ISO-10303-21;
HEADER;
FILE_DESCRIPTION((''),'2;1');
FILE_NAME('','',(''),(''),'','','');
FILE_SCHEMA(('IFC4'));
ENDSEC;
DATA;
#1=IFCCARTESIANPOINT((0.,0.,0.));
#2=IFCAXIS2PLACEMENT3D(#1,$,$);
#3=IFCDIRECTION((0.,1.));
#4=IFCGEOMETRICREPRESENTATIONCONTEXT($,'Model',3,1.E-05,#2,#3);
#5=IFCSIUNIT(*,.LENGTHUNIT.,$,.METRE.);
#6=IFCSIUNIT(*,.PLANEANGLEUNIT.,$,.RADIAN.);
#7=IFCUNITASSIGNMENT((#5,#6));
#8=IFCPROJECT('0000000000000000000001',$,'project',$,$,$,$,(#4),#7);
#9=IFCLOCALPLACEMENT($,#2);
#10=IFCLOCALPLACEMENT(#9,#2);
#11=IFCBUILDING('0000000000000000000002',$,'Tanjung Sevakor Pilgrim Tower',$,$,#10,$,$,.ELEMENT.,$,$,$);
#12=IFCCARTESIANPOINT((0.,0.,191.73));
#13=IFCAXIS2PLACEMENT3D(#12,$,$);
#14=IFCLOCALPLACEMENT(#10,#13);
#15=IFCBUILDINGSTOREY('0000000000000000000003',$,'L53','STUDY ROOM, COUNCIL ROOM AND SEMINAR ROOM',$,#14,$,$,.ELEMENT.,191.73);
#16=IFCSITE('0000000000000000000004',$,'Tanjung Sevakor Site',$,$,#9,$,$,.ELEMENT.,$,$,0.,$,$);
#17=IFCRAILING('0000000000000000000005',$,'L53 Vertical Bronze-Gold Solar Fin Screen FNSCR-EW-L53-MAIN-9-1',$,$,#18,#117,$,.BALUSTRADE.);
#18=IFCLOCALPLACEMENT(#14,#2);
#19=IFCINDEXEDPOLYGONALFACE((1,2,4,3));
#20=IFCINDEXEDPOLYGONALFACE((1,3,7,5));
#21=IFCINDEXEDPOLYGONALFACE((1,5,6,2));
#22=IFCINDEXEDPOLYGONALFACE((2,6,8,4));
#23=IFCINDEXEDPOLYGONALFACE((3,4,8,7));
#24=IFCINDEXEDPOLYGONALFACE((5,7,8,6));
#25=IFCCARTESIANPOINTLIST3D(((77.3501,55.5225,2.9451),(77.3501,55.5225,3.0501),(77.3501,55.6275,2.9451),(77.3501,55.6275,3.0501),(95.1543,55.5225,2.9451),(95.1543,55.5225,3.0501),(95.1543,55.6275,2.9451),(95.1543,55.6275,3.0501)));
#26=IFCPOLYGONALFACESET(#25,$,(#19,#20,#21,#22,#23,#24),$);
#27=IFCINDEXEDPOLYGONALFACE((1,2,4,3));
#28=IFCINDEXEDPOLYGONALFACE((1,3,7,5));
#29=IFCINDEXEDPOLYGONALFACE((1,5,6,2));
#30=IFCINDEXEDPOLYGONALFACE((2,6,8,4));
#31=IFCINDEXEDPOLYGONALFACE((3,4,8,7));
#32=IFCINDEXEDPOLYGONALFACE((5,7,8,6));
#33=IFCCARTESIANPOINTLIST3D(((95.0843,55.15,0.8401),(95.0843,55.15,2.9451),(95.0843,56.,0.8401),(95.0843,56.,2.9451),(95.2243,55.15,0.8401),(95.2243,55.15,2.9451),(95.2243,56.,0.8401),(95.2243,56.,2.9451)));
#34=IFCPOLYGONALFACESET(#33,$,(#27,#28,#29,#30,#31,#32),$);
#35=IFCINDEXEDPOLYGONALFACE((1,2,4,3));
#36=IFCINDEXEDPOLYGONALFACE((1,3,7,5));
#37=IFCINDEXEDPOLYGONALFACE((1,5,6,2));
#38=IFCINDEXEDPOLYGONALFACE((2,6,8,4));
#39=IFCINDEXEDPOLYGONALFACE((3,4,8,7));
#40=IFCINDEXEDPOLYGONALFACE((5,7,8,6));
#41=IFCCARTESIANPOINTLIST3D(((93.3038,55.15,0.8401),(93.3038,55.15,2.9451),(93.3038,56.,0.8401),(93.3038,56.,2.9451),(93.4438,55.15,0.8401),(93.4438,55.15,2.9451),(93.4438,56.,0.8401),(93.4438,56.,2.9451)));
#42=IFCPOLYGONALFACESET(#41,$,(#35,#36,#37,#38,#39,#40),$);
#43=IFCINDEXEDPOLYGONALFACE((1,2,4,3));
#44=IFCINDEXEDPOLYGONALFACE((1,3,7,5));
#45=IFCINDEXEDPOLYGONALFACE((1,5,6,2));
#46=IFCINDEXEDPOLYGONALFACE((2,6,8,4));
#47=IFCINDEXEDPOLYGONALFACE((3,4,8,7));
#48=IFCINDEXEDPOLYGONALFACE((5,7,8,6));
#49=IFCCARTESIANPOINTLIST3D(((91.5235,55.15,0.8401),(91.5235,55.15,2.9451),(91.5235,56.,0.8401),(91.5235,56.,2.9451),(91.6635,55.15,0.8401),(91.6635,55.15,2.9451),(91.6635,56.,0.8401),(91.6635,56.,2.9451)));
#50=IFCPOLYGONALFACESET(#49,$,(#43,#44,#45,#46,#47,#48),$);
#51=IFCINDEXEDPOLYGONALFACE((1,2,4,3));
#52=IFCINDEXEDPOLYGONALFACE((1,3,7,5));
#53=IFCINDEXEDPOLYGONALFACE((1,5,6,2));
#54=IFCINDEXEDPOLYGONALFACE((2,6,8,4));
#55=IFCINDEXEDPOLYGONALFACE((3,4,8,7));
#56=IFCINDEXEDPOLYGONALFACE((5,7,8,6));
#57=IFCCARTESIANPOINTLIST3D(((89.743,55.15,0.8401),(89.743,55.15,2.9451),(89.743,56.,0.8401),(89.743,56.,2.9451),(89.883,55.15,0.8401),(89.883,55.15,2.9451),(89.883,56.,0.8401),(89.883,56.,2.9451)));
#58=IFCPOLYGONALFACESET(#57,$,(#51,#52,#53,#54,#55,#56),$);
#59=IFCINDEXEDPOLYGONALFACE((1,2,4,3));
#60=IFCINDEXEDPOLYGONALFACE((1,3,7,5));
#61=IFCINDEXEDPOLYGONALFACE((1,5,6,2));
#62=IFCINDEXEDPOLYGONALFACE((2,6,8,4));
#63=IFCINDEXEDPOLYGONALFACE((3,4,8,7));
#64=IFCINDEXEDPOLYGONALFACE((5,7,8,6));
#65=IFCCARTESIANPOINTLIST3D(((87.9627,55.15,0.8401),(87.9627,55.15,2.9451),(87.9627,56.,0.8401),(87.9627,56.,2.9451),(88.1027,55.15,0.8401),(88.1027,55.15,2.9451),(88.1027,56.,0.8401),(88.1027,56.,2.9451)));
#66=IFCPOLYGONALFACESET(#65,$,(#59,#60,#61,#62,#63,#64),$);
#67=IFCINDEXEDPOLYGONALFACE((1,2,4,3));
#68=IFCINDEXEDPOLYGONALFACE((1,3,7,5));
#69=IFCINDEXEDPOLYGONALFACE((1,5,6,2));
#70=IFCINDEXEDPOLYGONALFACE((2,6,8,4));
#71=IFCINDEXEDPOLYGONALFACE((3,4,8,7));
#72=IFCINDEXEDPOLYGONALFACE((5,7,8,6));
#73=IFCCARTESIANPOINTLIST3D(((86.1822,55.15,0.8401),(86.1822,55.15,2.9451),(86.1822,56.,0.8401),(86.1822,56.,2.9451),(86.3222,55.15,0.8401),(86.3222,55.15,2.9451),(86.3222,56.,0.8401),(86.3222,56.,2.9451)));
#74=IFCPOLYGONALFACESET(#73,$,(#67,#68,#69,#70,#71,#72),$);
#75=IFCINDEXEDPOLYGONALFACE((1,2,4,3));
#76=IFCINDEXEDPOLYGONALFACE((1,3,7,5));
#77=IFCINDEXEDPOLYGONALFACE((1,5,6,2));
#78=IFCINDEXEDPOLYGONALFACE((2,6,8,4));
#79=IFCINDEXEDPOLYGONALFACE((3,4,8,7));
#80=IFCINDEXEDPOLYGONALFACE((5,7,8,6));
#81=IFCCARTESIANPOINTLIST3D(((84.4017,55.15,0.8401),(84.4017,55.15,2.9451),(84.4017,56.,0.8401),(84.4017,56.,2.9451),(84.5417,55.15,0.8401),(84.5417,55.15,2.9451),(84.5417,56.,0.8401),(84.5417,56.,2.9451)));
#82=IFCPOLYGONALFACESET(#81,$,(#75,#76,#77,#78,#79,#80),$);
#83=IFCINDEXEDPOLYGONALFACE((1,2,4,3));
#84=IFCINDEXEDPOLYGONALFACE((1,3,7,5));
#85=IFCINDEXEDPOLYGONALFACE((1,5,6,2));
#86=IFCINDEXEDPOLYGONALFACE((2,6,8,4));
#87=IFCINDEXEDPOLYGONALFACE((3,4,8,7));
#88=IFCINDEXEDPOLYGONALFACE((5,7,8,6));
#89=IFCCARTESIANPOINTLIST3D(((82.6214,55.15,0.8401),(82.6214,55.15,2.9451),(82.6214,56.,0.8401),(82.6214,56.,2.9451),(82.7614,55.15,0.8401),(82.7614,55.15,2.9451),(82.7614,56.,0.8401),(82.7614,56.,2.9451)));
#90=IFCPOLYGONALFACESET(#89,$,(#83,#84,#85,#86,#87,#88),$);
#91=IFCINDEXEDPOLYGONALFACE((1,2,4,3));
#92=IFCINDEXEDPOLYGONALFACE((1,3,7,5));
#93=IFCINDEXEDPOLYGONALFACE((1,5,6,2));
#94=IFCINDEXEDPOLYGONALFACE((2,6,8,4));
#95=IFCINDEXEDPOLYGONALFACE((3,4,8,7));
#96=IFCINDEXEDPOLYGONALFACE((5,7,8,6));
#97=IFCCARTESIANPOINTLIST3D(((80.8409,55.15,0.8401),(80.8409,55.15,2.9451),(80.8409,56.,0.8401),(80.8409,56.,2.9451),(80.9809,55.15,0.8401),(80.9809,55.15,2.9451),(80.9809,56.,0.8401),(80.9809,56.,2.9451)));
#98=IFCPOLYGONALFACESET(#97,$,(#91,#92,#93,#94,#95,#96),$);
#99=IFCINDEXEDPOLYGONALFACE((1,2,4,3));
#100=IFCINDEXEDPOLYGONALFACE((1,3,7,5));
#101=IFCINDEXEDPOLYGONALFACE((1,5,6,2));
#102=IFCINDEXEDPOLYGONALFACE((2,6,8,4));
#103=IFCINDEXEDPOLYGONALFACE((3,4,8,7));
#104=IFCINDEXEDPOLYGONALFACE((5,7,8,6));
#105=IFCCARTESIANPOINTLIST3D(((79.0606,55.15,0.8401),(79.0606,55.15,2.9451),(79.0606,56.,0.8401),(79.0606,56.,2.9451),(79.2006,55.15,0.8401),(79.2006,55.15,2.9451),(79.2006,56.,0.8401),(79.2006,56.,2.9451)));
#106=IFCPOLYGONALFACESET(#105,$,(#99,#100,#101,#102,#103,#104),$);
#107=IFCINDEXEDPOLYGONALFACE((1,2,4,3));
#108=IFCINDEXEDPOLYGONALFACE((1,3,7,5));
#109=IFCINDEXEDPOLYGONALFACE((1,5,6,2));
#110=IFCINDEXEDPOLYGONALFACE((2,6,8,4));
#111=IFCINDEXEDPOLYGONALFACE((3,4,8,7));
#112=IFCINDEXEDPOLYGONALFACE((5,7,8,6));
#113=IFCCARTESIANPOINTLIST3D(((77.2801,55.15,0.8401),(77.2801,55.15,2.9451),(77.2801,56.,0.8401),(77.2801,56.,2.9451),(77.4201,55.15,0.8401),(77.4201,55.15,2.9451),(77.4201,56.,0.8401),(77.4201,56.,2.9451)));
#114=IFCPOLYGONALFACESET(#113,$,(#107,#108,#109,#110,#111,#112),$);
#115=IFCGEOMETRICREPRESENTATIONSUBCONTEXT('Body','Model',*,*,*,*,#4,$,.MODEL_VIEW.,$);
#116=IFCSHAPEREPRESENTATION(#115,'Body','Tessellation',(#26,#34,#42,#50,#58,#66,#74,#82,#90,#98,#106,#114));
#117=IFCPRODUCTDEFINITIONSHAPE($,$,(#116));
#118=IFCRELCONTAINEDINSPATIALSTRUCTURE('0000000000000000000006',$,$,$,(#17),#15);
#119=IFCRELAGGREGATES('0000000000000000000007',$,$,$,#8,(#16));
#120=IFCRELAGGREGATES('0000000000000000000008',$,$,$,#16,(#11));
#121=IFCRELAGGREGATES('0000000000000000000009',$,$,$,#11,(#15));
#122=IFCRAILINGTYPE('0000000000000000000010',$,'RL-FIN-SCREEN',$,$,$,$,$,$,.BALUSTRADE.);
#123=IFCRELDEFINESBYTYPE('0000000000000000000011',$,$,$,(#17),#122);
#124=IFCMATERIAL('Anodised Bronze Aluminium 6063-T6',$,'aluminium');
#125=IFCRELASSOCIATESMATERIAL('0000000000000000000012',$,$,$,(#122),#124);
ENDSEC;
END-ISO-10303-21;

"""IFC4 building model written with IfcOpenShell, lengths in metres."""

from ifc_helpers import new_model, si_unit, direction, frame, origin, place, context, subcontext, project, spatial, rectangle, extrude, material, type_object, element, save


model = new_model("IFC4")

# Units and contexts
model_context = context("Model", 3, precision=1e-05, world=origin(), true_north=direction((0.0, 1.0)))
body_context = subcontext(model_context, "Body", "Model", "MODEL_VIEW")
ifc_project = project(units=[si_unit("LENGTHUNIT", "METRE"), si_unit("PLANEANGLEUNIT", "RADIAN")], contexts=[model_context])

# Site, building, storey
site_placement = place(None, origin())
site = spatial("IfcSite", under=ifc_project, at=site_placement, Name="Tanjung Sevakor Site", CompositionType="ELEMENT", RefElevation=0.0)
building_placement = place(site_placement, origin())
building = spatial("IfcBuilding", under=site, at=building_placement, Name="Tanjung Sevakor Pilgrim Tower", CompositionType="ELEMENT")
storey_placement = place(building_placement, frame((0.0, 0.0, 191.73)))
storey = spatial("IfcBuildingStorey", under=building, at=storey_placement, Name="L53", Description="STUDY ROOM, COUNCIL ROOM AND SEMINAR ROOM", CompositionType="ELEMENT", Elevation=191.73)

# Railing
ifc_material_1 = material(Name="Anodised Bronze Aluminium 6063-T6", Category="aluminium")
railing_type = type_object("IfcRailingType", Name="RL-FIN-SCREEN", PredefinedType="BALUSTRADE", material=ifc_material_1)
railing_placement = place(storey_placement, frame((95.1543, 55.575, 0.8401)))
element("IfcRailing", 1, at=railing_placement, inside=storey, type_object=railing_type, Name="L53 Vertical Bronze-Gold Solar Fin Screen FNSCR-EW-L53-MAIN-9-1", PredefinedType="BALUSTRADE", context=body_context, shape_type="SweptSolid", body=[
    extrude(rectangle(XDim=0.105, YDim=0.105), frame((0.0, 0.0, 2.1575), z_axis=(-1.0, 0.0, 0.0), x_axis=(0.0, -1.0, 0.0)), (0.0, 0.0, 1.0), 17.8042),
    extrude(rectangle(XDim=0.14, YDim=0.85), origin(), (0.0, 0.0, 1.0), 2.105),
    extrude(rectangle(XDim=0.14, YDim=0.85), frame((-1.7805, 0.0, 0.0)), (0.0, 0.0, 1.0), 2.105),
    extrude(rectangle(XDim=0.14, YDim=0.85), frame((-3.5608, 0.0, 0.0)), (0.0, 0.0, 1.0), 2.105),
    extrude(rectangle(XDim=0.14, YDim=0.85), frame((-5.3413, 0.0, 0.0)), (0.0, 0.0, 1.0), 2.105),
    extrude(rectangle(XDim=0.14, YDim=0.85), frame((-7.1216, 0.0, 0.0)), (0.0, 0.0, 1.0), 2.105),
    extrude(rectangle(XDim=0.14, YDim=0.85), frame((-8.9021, 0.0, 0.0)), (0.0, 0.0, 1.0), 2.105),
    extrude(rectangle(XDim=0.14, YDim=0.85), frame((-10.6826, 0.0, 0.0)), (0.0, 0.0, 1.0), 2.105),
    extrude(rectangle(XDim=0.14, YDim=0.85), frame((-12.4629, 0.0, 0.0)), (0.0, 0.0, 1.0), 2.105),
    extrude(rectangle(XDim=0.14, YDim=0.85), frame((-14.2434, 0.0, 0.0)), (0.0, 0.0, 1.0), 2.105),
    extrude(rectangle(XDim=0.14, YDim=0.85), frame((-16.0237, 0.0, 0.0)), (0.0, 0.0, 1.0), 2.105),
    extrude(rectangle(XDim=0.14, YDim=0.85), frame((-17.8042, 0.0, 0.0)), (0.0, 0.0, 1.0), 2.105),
])

save(model, "model.ifc")
